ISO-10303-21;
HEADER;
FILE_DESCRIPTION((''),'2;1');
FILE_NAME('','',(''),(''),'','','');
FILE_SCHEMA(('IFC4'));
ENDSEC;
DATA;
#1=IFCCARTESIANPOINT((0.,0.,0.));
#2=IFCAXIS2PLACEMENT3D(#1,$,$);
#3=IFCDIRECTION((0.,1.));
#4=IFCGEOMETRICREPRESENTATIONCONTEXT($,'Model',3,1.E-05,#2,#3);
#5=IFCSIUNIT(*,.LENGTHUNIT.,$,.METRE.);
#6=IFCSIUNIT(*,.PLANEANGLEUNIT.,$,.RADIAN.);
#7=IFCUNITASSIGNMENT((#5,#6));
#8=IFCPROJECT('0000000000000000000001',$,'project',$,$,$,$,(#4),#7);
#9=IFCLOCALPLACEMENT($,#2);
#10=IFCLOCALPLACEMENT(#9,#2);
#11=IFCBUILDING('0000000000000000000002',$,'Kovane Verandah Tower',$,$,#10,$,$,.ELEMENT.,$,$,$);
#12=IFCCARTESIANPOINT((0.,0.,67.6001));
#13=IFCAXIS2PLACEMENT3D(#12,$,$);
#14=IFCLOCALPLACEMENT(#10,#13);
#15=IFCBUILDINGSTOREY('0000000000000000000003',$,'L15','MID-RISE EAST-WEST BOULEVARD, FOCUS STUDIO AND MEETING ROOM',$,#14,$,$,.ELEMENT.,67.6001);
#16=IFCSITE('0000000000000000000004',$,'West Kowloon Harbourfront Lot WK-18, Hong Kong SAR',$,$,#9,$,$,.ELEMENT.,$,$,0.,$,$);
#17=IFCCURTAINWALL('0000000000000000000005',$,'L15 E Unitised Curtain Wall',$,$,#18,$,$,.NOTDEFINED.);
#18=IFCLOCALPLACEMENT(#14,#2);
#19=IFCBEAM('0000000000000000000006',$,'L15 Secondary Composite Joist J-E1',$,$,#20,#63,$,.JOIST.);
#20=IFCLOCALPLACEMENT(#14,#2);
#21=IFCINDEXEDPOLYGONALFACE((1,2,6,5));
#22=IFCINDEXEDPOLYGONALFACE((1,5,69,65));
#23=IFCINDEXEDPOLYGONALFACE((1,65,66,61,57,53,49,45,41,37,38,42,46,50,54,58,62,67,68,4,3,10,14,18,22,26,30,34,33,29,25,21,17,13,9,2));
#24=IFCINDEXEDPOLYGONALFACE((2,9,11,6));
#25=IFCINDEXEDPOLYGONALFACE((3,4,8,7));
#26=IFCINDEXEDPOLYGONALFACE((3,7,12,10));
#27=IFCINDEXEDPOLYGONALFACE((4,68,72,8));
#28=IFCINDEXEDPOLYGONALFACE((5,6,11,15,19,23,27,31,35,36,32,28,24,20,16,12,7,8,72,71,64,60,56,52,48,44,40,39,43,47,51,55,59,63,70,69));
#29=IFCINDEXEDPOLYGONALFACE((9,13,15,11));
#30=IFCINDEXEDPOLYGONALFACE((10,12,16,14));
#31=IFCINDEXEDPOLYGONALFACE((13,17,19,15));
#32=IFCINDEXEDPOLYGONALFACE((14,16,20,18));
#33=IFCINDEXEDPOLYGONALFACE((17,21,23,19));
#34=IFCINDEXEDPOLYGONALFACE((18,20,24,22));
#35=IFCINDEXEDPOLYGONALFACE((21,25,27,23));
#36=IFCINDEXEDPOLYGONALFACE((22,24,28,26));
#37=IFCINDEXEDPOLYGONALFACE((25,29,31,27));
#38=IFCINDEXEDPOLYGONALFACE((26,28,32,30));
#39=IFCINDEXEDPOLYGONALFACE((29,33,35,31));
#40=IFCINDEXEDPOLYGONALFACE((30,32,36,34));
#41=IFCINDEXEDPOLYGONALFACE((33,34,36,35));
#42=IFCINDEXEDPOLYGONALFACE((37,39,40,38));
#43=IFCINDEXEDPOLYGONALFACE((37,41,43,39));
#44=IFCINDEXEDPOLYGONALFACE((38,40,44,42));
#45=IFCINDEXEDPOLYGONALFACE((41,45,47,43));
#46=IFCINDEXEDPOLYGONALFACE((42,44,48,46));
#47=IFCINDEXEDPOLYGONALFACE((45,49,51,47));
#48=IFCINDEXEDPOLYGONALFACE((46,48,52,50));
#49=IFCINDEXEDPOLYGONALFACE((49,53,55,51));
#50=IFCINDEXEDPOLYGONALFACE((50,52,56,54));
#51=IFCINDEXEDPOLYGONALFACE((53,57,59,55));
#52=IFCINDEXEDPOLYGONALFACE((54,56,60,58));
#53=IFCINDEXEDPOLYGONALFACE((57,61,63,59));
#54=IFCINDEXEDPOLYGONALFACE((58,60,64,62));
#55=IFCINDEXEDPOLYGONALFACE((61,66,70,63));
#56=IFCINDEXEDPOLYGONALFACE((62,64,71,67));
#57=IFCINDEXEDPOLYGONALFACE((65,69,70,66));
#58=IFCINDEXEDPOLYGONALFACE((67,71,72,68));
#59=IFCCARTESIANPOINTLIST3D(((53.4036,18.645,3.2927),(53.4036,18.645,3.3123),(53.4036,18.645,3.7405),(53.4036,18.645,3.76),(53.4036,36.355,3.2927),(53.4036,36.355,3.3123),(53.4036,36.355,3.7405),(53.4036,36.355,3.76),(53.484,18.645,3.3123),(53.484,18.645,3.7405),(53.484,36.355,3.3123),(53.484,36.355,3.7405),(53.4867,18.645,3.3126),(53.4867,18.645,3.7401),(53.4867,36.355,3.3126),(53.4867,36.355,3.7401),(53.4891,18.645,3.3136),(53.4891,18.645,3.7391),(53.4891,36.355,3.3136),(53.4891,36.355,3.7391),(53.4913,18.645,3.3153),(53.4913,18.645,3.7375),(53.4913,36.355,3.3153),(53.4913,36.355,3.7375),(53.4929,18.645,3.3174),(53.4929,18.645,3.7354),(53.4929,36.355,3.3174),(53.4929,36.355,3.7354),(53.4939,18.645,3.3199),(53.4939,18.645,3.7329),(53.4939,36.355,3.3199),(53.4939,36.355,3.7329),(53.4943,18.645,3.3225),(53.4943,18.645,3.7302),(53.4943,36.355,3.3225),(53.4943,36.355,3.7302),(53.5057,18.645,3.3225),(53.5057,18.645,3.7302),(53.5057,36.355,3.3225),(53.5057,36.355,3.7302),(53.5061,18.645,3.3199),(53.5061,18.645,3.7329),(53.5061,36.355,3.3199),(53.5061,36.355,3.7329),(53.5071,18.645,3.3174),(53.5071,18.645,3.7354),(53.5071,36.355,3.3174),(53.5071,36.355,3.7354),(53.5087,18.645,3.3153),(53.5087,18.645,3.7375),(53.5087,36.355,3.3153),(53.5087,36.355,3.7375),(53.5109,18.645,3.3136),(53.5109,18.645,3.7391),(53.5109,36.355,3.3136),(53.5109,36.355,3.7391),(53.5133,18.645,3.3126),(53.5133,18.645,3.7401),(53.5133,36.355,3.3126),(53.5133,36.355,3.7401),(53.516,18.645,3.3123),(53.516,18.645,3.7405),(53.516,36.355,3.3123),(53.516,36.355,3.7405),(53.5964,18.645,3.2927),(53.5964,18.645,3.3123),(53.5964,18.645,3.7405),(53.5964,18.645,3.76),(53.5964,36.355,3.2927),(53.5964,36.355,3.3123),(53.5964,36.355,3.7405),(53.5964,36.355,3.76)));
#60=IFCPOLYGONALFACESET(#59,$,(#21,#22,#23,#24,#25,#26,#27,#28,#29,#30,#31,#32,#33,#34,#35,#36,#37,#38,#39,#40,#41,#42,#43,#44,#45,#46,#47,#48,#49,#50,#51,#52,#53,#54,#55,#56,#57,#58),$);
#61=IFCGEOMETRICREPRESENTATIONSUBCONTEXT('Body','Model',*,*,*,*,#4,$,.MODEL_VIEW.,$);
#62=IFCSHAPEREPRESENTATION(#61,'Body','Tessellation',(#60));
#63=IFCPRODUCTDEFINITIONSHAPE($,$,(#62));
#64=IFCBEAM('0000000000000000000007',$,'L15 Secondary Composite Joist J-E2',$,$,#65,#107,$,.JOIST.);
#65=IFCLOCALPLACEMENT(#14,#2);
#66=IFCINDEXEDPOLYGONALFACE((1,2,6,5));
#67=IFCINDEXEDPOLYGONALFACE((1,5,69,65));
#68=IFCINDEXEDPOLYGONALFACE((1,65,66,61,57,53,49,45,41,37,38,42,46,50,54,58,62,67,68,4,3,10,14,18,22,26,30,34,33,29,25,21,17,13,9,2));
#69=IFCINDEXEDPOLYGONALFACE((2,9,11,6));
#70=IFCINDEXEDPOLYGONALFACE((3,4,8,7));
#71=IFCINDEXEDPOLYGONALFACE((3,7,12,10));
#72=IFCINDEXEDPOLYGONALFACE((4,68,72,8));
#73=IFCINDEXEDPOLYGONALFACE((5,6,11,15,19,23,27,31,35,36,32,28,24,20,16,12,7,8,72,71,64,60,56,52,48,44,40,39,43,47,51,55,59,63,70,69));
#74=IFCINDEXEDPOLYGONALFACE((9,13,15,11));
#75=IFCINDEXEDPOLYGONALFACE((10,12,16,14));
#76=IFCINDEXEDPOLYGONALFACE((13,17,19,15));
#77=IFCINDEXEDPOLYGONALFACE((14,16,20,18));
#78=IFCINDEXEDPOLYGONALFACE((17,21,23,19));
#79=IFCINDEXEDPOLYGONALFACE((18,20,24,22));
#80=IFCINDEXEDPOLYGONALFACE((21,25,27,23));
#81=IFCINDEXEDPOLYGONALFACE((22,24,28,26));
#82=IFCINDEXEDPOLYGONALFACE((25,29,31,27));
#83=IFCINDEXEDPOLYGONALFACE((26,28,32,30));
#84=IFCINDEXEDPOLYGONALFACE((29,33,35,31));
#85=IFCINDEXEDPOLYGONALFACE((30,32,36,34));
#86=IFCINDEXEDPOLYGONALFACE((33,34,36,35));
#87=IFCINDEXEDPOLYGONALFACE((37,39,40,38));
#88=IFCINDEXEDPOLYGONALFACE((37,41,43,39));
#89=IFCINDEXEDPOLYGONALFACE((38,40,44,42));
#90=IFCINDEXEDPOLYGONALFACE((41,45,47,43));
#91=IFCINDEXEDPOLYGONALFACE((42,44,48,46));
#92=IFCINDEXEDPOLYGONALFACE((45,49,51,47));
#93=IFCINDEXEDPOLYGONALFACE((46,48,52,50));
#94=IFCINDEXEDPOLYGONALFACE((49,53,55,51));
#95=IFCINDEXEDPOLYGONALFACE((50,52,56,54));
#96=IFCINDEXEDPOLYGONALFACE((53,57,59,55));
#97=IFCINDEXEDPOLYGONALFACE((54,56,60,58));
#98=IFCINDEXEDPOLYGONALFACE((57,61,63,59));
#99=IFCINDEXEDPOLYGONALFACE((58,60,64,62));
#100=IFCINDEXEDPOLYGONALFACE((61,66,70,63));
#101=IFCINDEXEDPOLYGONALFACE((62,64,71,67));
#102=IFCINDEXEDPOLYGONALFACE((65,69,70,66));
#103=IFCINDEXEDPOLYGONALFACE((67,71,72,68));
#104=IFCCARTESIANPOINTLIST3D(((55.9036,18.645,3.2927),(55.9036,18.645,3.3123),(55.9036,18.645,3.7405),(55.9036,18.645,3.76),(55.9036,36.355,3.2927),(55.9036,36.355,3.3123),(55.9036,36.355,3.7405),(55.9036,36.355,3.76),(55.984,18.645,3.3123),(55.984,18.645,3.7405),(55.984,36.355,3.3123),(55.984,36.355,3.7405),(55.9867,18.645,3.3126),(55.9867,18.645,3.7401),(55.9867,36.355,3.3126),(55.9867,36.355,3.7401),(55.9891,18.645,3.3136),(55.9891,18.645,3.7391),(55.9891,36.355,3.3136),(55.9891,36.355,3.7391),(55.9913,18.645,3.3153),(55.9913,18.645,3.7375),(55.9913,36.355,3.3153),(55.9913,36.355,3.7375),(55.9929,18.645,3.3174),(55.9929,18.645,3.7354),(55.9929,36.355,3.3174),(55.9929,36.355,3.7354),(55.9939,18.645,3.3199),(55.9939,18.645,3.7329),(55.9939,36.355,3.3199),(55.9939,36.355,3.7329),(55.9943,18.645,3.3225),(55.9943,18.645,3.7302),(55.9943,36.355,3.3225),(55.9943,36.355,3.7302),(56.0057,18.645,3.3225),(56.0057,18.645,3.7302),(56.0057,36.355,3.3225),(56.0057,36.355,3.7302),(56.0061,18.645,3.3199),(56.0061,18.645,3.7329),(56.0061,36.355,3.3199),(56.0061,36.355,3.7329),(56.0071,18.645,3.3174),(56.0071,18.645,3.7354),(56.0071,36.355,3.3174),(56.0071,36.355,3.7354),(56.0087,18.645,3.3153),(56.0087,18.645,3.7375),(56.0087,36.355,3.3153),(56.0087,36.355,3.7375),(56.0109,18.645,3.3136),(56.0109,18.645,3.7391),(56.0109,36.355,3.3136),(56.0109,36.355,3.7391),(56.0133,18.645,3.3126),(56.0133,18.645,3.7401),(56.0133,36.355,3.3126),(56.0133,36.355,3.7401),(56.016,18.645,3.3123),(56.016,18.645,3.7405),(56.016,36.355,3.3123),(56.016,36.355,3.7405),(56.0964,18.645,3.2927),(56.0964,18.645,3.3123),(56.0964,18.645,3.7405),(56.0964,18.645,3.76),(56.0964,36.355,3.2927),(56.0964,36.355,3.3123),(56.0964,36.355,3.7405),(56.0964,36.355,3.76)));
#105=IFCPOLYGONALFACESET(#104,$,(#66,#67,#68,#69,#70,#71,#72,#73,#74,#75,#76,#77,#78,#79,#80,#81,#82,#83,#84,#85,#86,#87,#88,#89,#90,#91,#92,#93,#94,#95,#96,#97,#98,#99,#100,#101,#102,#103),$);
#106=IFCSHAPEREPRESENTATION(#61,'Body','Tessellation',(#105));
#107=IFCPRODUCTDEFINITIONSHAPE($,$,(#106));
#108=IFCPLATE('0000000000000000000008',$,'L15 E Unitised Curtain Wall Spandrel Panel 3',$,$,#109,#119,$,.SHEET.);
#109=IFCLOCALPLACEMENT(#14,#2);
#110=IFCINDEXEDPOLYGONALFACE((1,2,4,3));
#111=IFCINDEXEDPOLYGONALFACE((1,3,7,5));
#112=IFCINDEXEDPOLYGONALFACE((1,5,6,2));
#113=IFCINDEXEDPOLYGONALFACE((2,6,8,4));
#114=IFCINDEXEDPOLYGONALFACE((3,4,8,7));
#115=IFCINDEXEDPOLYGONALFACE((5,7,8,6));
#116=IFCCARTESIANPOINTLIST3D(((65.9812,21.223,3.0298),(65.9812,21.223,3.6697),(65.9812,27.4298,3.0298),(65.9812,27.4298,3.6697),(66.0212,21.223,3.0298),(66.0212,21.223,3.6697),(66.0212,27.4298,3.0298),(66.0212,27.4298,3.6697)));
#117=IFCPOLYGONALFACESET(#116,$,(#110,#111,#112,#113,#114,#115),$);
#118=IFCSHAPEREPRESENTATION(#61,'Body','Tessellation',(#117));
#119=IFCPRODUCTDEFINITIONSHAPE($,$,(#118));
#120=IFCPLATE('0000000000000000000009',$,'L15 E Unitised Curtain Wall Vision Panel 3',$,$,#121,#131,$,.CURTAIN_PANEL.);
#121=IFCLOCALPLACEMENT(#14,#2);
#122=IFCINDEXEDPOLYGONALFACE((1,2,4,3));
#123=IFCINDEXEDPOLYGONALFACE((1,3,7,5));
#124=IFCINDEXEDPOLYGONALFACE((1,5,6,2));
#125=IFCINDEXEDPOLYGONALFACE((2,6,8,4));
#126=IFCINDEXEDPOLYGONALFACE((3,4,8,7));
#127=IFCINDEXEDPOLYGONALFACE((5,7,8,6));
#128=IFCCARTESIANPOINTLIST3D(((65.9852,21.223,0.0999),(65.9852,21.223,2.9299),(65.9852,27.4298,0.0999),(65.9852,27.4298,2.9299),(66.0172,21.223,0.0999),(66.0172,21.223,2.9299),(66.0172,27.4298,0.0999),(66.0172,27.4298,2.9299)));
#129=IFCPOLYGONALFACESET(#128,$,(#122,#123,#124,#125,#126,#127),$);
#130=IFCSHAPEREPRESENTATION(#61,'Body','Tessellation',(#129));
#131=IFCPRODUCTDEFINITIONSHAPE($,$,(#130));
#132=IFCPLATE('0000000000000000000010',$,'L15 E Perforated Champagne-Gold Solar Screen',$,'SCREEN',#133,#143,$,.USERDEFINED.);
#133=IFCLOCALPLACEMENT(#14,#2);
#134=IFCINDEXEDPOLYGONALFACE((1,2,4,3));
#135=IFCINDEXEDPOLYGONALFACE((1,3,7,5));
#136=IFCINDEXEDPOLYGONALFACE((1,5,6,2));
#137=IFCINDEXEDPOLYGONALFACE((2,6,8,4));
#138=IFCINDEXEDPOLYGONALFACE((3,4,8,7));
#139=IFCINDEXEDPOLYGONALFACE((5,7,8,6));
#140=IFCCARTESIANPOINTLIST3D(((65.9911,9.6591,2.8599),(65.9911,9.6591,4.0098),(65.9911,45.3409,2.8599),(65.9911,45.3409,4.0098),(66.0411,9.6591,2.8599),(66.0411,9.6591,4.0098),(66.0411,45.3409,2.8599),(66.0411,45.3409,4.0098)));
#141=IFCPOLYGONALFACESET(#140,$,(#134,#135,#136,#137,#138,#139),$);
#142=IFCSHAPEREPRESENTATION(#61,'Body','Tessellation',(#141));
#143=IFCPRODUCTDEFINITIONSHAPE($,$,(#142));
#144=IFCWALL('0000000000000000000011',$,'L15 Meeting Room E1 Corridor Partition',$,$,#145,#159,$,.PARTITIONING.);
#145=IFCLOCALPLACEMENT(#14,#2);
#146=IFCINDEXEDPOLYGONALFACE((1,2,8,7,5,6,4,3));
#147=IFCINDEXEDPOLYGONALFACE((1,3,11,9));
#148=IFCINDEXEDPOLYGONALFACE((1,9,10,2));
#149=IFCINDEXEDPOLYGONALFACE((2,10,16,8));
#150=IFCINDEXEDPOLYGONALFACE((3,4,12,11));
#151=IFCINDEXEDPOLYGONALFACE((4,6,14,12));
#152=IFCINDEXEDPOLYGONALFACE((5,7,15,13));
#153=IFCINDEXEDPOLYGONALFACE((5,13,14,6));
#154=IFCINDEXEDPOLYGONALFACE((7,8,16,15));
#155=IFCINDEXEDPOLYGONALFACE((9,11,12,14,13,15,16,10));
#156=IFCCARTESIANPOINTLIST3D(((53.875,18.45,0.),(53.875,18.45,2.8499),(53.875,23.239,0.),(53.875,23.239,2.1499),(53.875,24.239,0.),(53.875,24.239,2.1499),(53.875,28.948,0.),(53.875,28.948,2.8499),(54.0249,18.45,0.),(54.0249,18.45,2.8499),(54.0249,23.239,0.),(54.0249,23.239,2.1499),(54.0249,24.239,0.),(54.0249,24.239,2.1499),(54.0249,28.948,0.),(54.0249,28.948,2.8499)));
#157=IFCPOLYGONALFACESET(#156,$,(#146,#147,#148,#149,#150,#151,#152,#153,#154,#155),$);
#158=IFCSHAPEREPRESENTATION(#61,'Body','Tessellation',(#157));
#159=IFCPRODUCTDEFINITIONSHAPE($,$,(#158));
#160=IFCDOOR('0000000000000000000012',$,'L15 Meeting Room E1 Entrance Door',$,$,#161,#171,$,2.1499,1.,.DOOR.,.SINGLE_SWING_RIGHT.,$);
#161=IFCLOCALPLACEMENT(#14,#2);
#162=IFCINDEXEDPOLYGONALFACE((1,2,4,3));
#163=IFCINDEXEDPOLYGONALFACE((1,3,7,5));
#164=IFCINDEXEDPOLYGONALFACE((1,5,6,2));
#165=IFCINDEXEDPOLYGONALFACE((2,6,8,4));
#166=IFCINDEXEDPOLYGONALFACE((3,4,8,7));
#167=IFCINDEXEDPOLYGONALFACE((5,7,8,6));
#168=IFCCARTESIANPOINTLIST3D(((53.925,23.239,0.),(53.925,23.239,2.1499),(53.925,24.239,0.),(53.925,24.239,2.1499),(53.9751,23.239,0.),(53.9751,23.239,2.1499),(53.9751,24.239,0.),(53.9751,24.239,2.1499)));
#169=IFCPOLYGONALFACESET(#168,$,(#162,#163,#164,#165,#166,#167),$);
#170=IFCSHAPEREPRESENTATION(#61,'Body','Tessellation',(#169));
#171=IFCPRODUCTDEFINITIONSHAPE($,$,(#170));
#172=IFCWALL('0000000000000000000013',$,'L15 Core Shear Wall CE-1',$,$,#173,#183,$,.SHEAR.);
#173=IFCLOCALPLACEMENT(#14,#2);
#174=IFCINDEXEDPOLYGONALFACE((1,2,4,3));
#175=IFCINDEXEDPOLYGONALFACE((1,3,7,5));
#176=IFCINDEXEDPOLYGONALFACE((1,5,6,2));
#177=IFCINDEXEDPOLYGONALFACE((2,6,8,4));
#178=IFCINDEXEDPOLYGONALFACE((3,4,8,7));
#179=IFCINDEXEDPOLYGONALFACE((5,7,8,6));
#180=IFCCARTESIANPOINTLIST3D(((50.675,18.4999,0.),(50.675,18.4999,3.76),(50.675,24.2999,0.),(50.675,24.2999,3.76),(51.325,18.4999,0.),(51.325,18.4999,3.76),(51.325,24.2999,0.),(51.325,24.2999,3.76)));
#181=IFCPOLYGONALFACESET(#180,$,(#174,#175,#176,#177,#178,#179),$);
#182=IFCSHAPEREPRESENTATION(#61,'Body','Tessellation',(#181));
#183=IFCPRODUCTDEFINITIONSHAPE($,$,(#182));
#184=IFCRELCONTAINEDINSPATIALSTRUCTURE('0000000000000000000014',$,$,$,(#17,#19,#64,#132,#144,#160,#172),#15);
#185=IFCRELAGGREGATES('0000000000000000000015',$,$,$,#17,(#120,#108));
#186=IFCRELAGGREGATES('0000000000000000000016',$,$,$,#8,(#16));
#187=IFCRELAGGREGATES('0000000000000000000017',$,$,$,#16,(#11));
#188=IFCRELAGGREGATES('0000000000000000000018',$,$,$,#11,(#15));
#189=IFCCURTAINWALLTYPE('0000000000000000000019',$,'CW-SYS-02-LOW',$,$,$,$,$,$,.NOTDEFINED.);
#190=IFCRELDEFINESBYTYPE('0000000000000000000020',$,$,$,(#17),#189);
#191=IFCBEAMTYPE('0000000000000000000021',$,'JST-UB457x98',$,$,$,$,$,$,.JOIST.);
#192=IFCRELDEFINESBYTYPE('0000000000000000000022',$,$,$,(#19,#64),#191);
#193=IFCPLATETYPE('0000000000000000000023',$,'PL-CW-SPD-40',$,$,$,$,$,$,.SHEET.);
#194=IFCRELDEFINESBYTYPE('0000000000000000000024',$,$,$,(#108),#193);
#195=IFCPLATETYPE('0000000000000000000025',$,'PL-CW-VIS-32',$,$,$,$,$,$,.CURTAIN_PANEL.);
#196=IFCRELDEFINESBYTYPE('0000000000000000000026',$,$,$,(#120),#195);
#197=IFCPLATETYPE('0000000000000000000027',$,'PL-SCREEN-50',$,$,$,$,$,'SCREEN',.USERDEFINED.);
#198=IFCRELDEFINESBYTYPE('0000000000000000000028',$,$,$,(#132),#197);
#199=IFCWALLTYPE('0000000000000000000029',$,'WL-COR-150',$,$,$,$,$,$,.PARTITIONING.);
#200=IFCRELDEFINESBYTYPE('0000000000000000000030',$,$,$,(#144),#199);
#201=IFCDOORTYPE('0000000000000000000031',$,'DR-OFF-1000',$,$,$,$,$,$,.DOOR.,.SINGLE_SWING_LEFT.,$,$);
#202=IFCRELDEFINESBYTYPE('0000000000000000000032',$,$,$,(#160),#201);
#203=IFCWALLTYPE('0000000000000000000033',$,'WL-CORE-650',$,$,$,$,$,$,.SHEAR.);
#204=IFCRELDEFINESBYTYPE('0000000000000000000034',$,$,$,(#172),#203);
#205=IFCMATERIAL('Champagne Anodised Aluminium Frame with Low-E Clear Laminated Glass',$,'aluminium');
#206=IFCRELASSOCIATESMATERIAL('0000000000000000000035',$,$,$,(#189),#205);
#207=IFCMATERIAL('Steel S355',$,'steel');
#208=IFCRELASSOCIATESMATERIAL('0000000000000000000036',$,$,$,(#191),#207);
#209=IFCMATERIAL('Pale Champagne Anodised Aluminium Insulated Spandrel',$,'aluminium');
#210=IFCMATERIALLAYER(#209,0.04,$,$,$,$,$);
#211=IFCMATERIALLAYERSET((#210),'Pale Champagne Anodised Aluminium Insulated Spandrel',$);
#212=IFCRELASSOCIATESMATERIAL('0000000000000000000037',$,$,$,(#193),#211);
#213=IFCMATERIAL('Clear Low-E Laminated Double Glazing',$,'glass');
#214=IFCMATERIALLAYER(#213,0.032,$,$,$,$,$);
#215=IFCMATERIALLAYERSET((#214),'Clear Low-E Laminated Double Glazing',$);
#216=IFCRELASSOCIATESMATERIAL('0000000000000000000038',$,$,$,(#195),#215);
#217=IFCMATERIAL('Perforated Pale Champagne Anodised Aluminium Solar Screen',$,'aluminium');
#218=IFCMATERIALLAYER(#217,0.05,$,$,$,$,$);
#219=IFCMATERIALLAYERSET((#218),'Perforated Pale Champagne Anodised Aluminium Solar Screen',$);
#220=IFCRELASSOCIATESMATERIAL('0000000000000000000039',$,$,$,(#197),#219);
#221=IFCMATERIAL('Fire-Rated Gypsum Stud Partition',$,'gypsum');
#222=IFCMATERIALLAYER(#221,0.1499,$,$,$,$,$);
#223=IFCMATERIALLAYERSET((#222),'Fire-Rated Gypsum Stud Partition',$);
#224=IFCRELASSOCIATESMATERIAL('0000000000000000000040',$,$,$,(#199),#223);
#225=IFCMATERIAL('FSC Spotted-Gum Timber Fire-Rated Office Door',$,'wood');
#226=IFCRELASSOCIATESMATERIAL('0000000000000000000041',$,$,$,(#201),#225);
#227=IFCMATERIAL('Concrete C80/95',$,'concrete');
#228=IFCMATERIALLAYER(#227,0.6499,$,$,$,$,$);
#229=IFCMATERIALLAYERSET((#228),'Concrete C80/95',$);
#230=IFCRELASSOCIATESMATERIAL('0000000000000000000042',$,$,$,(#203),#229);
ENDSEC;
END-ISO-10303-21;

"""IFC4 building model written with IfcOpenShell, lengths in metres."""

from ifc_helpers import new_model, si_unit, direction, frame, frame_2d, origin, origin_2d, place, context, subcontext, project, spatial, rectangle, i_section, extrude, material, layer, layer_set, material_profile, profile_set, type_object, element, fill, aggregate, save


model = new_model("IFC4")

# Units and contexts
model_context = context("Model", 3, precision=1e-05, world=origin(), true_north=direction((0.0, 1.0)))
body_context = subcontext(model_context, "Body", "Model", "MODEL_VIEW")
ifc_project = project(units=[si_unit("LENGTHUNIT", "METRE"), si_unit("PLANEANGLEUNIT", "RADIAN")], contexts=[model_context])

# Site, building, storey
site_placement = place(None, origin())
site = spatial("IfcSite", under=ifc_project, at=site_placement, Name="West Kowloon Harbourfront Lot WK-18, Hong Kong SAR", CompositionType="ELEMENT", RefElevation=0.0)
building_placement = place(site_placement, origin())
building = spatial("IfcBuilding", under=site, at=building_placement, Name="Kovane Verandah Tower", CompositionType="ELEMENT")
storey_placement = place(building_placement, frame((0.0, 0.0, 67.6001)))
storey = spatial("IfcBuildingStorey", under=building, at=storey_placement, Name="L15", Description="MID-RISE EAST-WEST BOULEVARD, FOCUS STUDIO AND MEETING ROOM", CompositionType="ELEMENT", Elevation=67.6001)

# Shared definitions
ifc_material_1 = material(Name="Concrete C80/95", Category="concrete")

# Shared definitions
ifc_material_2 = material(Name="Steel S355", Category="steel")

# Curtain wall
ifc_material_3 = material(Name="Champagne Anodised Aluminium Frame with Low-E Clear Laminated Glass", Category="aluminium")
curtain_wall_type = type_object("IfcCurtainWallType", Name="CW-SYS-02-LOW", PredefinedType="NOTDEFINED", material=ifc_material_3)
curtain_wall_placement = place(storey_placement, origin())
curtain_wall = element("IfcCurtainWall", 1, at=curtain_wall_placement, inside=storey, type_object=curtain_wall_type, Name="L15 E Unitised Curtain Wall", PredefinedType="NOTDEFINED")

# Beams
ifc_material_profile_1 = material_profile(ifc_material_2, i_section(OverallWidth=0.1929, OverallDepth=0.4673, WebThickness=0.0115, FlangeThickness=0.0195, FilletRadius=0.0103, at=origin_2d()), Name="UB457x191x98")
ifc_profile_set_1 = profile_set([ifc_material_profile_1], Name="Steel S355")
beam_type_1 = type_object("IfcBeamType", Name="JST-UB457x98", PredefinedType="JOIST", material=ifc_profile_set_1)
for number, where, z_axis, x_axis, name in (
    (2, (53.5, 18.645, 3.5264), (0.0, 1.0, 0.0), (-1.0, 0.0, 0.0), "L15 Secondary Composite Joist J-E1"),
    (3, (56.0, 18.645, 3.5264), (0.0, 1.0, 0.0), (-1.0, 0.0, 0.0), "L15 Secondary Composite Joist J-E2"),
):
    element("IfcBeam", number, at=place(storey_placement, frame(where, z_axis=z_axis, x_axis=x_axis)), inside=storey, type_object=beam_type_1, Name=name, PredefinedType="JOIST", context=body_context, shape_type="SweptSolid", body=[
        extrude(i_section(OverallWidth=0.1929, OverallDepth=0.4673, WebThickness=0.0115, FlangeThickness=0.0195, FilletRadius=0.0103, at=origin_2d()), origin(), (0.0, 0.0, 1.0), 17.71),
    ])

# Plates
ifc_material_4 = material(Name="Pale Champagne Anodised Aluminium Insulated Spandrel", Category="aluminium")
ifc_layer_1 = layer(ifc_material_4, 0.04)
ifc_layer_set_1 = layer_set([ifc_layer_1], Name="Pale Champagne Anodised Aluminium Insulated Spandrel")
plate_type_1 = type_object("IfcPlateType", Name="PL-CW-SPD-40", PredefinedType="SHEET", material=ifc_layer_set_1)
plate_1_placement = place(storey_placement, frame((66.0012, 24.3264, 3.0298), z_axis=(0.0, 0.0, 1.0), x_axis=(0.0, 1.0, 0.0)))
plate_1 = element("IfcPlate", 4, at=plate_1_placement, type_object=plate_type_1, Name="L15 E Unitised Curtain Wall Spandrel Panel 3", PredefinedType="SHEET", context=body_context, shape_type="SweptSolid", body=[
    extrude(rectangle(XDim=6.2068, YDim=0.04, at=origin_2d()), origin(), (0.0, 0.0, 1.0), 0.6399),
])
ifc_material_5 = material(Name="Clear Low-E Laminated Double Glazing", Category="glass")
ifc_layer_2 = layer(ifc_material_5, 0.032)
ifc_layer_set_2 = layer_set([ifc_layer_2], Name="Clear Low-E Laminated Double Glazing")
plate_type_2 = type_object("IfcPlateType", Name="PL-CW-VIS-32", PredefinedType="CURTAIN_PANEL", material=ifc_layer_set_2)
plate_2_placement = place(storey_placement, frame((66.0012, 24.3264, 0.0999), z_axis=(0.0, 0.0, 1.0), x_axis=(0.0, 1.0, 0.0)))
plate_2 = element("IfcPlate", 5, at=plate_2_placement, type_object=plate_type_2, Name="L15 E Unitised Curtain Wall Vision Panel 3", PredefinedType="CURTAIN_PANEL", context=body_context, shape_type="SweptSolid", body=[
    extrude(rectangle(XDim=6.2068, YDim=0.032, at=origin_2d()), origin(), (0.0, 0.0, 1.0), 2.8301),
])
aggregate(curtain_wall, [plate_2, plate_1])
ifc_material_6 = material(Name="Perforated Pale Champagne Anodised Aluminium Solar Screen", Category="aluminium")
ifc_layer_3 = layer(ifc_material_6, 0.05)
ifc_layer_set_3 = layer_set([ifc_layer_3], Name="Perforated Pale Champagne Anodised Aluminium Solar Screen")
plate_type_3 = type_object("IfcPlateType", Name="PL-SCREEN-50", ElementType="SCREEN", PredefinedType="USERDEFINED", material=ifc_layer_set_3)
plate_3_placement = place(storey_placement, frame((66.0161, 27.5, 2.8599), z_axis=(0.0, 0.0, 1.0), x_axis=(0.0, 1.0, 0.0)))
element("IfcPlate", 6, at=plate_3_placement, inside=storey, type_object=plate_type_3, Name="L15 E Perforated Champagne-Gold Solar Screen", ObjectType="SCREEN", PredefinedType="USERDEFINED", context=body_context, shape_type="SweptSolid", body=[
    extrude(rectangle(XDim=35.6819, YDim=0.05, at=origin_2d()), origin(), (0.0, 0.0, 1.0), 1.1499),
])

# Wall, opening, door
ifc_material_7 = material(Name="Fire-Rated Gypsum Stud Partition", Category="gypsum")
ifc_layer_4 = layer(ifc_material_7, 0.1499)
ifc_layer_set_4 = layer_set([ifc_layer_4], Name="Fire-Rated Gypsum Stud Partition")
wall_type_1 = type_object("IfcWallType", Name="WL-COR-150", PredefinedType="PARTITIONING", material=ifc_layer_set_4)
wall_1_placement = place(storey_placement, frame((53.95, 18.45, 0.0), z_axis=(0.0, 0.0, 1.0), x_axis=(0.0, 1.0, 0.0)))
wall_1 = element("IfcWall", 7, at=wall_1_placement, inside=storey, type_object=wall_type_1, Name="L15 Meeting Room E1 Corridor Partition", PredefinedType="PARTITIONING", context=body_context, shape_type="SweptSolid", body=[
    extrude(rectangle(XDim=10.498, YDim=0.1499, at=frame_2d((5.249, 0.0))), origin(), (0.0, 0.0, 1.0), 2.8499),
])
opening_1_placement = place(wall_1_placement, frame((4.7891, 0.0, 0.0)))
opening_1 = element("IfcOpeningElement", 8, at=opening_1_placement, cuts=wall_1, PredefinedType="OPENING", context=body_context, shape_type="SweptSolid", body=[
    extrude(rectangle(XDim=1.0, YDim=2.1499, at=frame_2d((0.5, 1.075))), frame((0.0, 0.075, 0.0), z_axis=(0.0, -1.0, 0.0), x_axis=(1.0, 0.0, 0.0)), (0.0, 0.0, 1.0), 0.1499),
])
ifc_material_8 = material(Name="FSC Spotted-Gum Timber Fire-Rated Office Door", Category="wood")
door_type_1 = type_object("IfcDoorType", Name="DR-OFF-1000", OperationType="SINGLE_SWING_LEFT", PredefinedType="DOOR", material=ifc_material_8)
door_1_placement = place(opening_1_placement, origin())
door_1 = element("IfcDoor", 9, at=door_1_placement, inside=storey, type_object=door_type_1, Name="L15 Meeting Room E1 Entrance Door", OperationType="SINGLE_SWING_RIGHT", OverallHeight=2.1499, OverallWidth=1.0, PredefinedType="DOOR", context=body_context, shape_type="SweptSolid", body=[
    extrude(rectangle(XDim=1.0, YDim=2.1499, at=frame_2d((0.5, 1.075))), frame((0.0, 0.0249, 0.0), z_axis=(0.0, -1.0, 0.0), x_axis=(1.0, 0.0, 0.0)), (0.0, 0.0, 1.0), 0.05),
])
fill(opening_1, door_1)

# Wall
ifc_layer_5 = layer(ifc_material_1, 0.6499)
ifc_layer_set_5 = layer_set([ifc_layer_5], Name="Concrete C80/95")
wall_type_2 = type_object("IfcWallType", Name="WL-CORE-650", PredefinedType="SHEAR", material=ifc_layer_set_5)
wall_2_placement = place(storey_placement, frame((51.0, 18.5, 0.0), z_axis=(0.0, 0.0, 1.0), x_axis=(0.0, 1.0, 0.0)))
element("IfcWall", 10, at=wall_2_placement, inside=storey, type_object=wall_type_2, Name="L15 Core Shear Wall CE-1", PredefinedType="SHEAR", context=body_context, shape_type="SweptSolid", body=[
    extrude(rectangle(XDim=5.8, YDim=0.6499, at=frame_2d((2.8999, 0.0))), origin(), (0.0, 0.0, 1.0), 3.76),
])

save(model, "model.ifc")
